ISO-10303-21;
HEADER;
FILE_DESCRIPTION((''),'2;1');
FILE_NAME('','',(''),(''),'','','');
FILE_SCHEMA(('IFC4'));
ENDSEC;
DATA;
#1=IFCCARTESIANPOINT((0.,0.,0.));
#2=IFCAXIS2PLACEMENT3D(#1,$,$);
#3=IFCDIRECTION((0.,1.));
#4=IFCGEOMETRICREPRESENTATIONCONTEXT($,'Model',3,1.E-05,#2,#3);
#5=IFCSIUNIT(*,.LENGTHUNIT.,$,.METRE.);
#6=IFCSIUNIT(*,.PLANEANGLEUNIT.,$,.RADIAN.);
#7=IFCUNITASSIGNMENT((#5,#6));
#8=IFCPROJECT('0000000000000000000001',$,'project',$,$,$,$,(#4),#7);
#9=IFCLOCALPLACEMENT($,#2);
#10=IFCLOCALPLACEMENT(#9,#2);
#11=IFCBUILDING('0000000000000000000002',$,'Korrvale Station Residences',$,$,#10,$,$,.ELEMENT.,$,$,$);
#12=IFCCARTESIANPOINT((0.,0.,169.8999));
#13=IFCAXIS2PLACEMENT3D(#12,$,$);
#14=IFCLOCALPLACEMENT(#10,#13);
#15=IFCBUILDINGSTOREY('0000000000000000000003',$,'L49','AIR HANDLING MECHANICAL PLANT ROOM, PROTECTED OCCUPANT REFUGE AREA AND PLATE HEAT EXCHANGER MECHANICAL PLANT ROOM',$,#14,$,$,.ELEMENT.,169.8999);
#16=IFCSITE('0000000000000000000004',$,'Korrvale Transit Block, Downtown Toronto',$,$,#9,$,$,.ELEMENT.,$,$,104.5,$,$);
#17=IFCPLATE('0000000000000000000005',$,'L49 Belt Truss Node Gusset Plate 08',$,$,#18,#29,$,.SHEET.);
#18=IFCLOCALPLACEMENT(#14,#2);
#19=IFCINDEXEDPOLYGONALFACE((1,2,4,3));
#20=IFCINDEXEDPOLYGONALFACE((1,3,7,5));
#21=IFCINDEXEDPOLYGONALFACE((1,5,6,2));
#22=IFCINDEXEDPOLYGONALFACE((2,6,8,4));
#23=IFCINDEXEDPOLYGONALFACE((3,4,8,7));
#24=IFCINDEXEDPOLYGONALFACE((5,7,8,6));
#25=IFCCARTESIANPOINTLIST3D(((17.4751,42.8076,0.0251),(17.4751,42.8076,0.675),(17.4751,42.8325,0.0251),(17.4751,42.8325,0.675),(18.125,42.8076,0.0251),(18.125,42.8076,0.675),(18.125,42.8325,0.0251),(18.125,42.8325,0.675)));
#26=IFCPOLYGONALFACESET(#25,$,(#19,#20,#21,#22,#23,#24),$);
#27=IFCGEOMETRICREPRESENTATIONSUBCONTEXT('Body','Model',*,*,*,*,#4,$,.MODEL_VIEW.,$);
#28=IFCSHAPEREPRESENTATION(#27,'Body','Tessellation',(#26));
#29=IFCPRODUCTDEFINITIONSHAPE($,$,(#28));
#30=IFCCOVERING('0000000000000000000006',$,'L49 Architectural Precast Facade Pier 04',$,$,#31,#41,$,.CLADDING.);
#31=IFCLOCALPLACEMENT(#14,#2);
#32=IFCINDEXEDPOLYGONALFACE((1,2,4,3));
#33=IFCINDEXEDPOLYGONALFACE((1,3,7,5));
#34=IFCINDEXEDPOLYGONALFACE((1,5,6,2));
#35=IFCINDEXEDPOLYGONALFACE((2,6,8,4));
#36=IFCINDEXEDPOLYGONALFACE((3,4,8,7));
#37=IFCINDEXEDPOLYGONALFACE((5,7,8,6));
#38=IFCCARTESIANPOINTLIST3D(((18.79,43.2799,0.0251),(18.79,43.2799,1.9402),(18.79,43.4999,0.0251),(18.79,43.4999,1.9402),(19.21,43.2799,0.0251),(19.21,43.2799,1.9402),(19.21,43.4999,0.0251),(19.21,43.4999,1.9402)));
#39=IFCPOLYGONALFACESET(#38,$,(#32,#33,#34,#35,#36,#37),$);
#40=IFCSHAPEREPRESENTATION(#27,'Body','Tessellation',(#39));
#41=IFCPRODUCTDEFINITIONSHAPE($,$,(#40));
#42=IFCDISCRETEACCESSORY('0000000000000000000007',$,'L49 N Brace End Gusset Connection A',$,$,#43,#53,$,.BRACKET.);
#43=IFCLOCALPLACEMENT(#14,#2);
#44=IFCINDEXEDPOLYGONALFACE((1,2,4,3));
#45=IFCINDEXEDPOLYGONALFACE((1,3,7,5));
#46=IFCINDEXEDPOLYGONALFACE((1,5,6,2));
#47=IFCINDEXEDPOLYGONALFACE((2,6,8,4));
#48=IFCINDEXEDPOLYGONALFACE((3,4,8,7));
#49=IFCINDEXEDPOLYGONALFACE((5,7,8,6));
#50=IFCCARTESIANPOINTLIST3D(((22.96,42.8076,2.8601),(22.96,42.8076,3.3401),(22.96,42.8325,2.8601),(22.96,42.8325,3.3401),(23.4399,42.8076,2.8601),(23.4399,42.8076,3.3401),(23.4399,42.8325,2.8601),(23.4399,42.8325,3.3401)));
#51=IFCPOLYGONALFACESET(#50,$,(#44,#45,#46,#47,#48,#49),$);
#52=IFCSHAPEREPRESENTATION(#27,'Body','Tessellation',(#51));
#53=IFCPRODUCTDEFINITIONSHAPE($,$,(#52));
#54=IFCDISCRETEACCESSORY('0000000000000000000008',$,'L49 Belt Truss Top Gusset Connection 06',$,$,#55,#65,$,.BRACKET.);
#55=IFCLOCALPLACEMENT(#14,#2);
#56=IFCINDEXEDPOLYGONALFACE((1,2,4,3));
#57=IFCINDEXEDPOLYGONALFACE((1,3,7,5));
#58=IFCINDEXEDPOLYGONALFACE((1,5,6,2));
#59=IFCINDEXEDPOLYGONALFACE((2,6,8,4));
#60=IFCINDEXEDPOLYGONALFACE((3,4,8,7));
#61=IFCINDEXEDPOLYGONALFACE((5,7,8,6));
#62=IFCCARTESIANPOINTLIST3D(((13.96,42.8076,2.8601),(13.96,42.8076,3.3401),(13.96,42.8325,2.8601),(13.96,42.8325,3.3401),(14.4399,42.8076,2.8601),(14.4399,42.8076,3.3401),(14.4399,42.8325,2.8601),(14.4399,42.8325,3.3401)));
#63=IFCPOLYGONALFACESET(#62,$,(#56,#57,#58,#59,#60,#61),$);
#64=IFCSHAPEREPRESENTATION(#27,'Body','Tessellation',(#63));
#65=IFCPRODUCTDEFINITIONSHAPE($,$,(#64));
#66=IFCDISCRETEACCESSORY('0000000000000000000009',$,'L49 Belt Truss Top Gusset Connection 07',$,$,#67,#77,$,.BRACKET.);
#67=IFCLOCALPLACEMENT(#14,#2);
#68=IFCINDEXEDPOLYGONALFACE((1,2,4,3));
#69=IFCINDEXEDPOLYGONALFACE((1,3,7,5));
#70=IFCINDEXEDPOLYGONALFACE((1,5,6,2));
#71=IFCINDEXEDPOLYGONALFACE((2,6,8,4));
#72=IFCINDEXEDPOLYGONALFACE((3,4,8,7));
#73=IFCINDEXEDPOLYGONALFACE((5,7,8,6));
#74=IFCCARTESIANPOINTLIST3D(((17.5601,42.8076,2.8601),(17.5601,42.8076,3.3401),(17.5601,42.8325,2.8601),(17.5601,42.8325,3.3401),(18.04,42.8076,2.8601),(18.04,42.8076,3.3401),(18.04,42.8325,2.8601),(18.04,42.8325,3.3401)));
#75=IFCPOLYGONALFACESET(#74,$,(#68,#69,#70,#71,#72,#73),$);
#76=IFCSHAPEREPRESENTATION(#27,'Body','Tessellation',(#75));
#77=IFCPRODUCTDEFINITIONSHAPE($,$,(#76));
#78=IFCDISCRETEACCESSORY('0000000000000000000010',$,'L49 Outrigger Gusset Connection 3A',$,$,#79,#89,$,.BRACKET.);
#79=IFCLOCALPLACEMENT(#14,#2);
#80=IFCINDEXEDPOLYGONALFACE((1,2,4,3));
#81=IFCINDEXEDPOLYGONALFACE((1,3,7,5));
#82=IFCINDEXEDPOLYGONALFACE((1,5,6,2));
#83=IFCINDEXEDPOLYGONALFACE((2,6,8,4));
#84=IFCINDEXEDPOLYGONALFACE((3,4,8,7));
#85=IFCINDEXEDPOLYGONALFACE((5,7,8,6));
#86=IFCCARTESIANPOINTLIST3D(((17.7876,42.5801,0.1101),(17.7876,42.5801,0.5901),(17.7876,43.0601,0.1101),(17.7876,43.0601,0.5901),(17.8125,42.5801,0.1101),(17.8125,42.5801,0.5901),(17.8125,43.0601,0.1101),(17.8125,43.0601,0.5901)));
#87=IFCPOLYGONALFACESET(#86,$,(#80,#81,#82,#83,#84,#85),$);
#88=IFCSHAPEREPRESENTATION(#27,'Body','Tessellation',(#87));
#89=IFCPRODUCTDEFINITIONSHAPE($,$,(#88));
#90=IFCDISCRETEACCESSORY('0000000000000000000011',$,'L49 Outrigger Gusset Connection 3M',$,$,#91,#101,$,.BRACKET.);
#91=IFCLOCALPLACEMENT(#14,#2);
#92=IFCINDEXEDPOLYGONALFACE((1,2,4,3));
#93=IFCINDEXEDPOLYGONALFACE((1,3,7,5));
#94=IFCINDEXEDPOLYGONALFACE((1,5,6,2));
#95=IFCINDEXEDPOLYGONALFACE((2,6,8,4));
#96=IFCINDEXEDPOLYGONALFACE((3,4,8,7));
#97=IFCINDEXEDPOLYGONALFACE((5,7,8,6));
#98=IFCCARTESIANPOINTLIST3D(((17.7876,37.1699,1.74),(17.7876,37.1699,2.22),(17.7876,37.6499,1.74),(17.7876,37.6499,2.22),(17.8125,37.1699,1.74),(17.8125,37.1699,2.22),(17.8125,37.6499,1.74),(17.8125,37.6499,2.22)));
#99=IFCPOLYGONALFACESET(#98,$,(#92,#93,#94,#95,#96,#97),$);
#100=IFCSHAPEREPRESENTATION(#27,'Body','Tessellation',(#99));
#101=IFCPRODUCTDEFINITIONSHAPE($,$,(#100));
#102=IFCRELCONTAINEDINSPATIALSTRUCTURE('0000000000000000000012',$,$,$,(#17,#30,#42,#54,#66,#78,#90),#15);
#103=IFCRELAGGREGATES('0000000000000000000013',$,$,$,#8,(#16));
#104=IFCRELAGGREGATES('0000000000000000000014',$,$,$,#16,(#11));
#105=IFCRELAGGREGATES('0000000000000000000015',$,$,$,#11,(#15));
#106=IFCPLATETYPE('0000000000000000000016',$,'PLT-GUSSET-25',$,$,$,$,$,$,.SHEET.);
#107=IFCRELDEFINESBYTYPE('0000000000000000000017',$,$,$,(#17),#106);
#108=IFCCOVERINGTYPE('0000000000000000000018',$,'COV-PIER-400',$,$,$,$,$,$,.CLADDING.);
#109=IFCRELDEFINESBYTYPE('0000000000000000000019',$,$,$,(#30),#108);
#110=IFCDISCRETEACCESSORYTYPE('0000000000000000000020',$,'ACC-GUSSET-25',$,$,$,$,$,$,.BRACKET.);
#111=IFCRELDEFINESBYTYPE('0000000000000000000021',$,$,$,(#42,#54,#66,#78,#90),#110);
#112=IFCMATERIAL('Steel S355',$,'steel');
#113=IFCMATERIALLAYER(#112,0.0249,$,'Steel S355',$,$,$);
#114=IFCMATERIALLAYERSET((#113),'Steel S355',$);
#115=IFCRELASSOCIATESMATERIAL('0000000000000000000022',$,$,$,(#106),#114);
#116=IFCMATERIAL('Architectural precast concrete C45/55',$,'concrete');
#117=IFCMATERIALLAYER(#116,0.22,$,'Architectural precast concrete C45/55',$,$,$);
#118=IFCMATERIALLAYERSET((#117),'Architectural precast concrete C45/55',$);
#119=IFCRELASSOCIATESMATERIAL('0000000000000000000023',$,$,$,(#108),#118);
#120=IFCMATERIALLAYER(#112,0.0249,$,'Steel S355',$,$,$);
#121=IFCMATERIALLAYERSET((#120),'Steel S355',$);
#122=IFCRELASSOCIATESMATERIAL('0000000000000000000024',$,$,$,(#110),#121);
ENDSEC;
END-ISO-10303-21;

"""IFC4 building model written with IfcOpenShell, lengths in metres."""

from ifc_helpers import new_model, si_unit, direction, frame, origin, origin_2d, place, context, subcontext, project, spatial, rectangle, extrude, material, layer, layer_set, type_object, element, save


model = new_model("IFC4")

# Units and contexts
model_context = context("Model", 3, precision=1e-05, world=origin(), true_north=direction((0.0, 1.0)))
body_context = subcontext(model_context, "Body", "Model", "MODEL_VIEW")
ifc_project = project(units=[si_unit("LENGTHUNIT", "METRE"), si_unit("PLANEANGLEUNIT", "RADIAN")], contexts=[model_context])

# Site, building, storey
site_placement = place(None, origin())
site = spatial("IfcSite", under=ifc_project, at=site_placement, Name="Korrvale Transit Block, Downtown Toronto", CompositionType="ELEMENT", RefElevation=104.5)
building_placement = place(site_placement, origin())
building = spatial("IfcBuilding", under=site, at=building_placement, Name="Korrvale Station Residences", CompositionType="ELEMENT")
storey_placement = place(building_placement, frame((0.0, 0.0, 169.8999)))
storey = spatial("IfcBuildingStorey", under=building, at=storey_placement, Name="L49", Description="AIR HANDLING MECHANICAL PLANT ROOM, PROTECTED OCCUPANT REFUGE AREA AND PLATE HEAT EXCHANGER MECHANICAL PLANT ROOM", CompositionType="ELEMENT", Elevation=169.8999)

# Shared definitions
ifc_material_1 = material(Name="Steel S355", Category="steel")

# Plate
ifc_layer_1 = layer(ifc_material_1, 0.0249, Name="Steel S355")
ifc_layer_set_1 = layer_set([ifc_layer_1], Name="Steel S355")
plate_type_1 = type_object("IfcPlateType", Name="PLT-GUSSET-25", PredefinedType="SHEET", material=ifc_layer_set_1)
for number, where, z_axis, x_axis, name in (
    (1, (17.8, 42.8201, 0.0251), (0.0, 0.0, 1.0), (1.0, 0.0, 0.0), "L49 Belt Truss Node Gusset Plate 08"),
):
    element("IfcPlate", number, at=place(storey_placement, frame(where, z_axis=z_axis, x_axis=x_axis)), inside=storey, type_object=plate_type_1, Name=name, PredefinedType="SHEET", context=body_context, shape_type="SweptSolid", body=[
        extrude(rectangle(XDim=0.6499, YDim=0.0249, at=origin_2d()), origin(), (0.0, 0.0, 1.0), 0.6499),
    ])

# Covering
ifc_material_2 = material(Name="Architectural precast concrete C45/55", Category="concrete")
ifc_layer_2 = layer(ifc_material_2, 0.22, Name="Architectural precast concrete C45/55")
ifc_layer_set_2 = layer_set([ifc_layer_2], Name="Architectural precast concrete C45/55")
covering_type = type_object("IfcCoveringType", Name="COV-PIER-400", PredefinedType="CLADDING", material=ifc_layer_set_2)
covering_placement = place(storey_placement, frame((19.0, 43.3899, 0.0251), z_axis=(0.0, 0.0, 1.0), x_axis=(1.0, 0.0, 0.0)))
element("IfcCovering", 2, at=covering_placement, inside=storey, type_object=covering_type, Name="L49 Architectural Precast Facade Pier 04", PredefinedType="CLADDING", context=body_context, shape_type="SweptSolid", body=[
    extrude(rectangle(XDim=0.4199, YDim=0.22, at=origin_2d()), origin(), (0.0, 0.0, 1.0), 1.915),
])

# Discrete accessories
ifc_layer_3 = layer(ifc_material_1, 0.0249, Name="Steel S355")
ifc_layer_set_3 = layer_set([ifc_layer_3], Name="Steel S355")
discrete_accessory_type = type_object("IfcDiscreteAccessoryType", Name="ACC-GUSSET-25", PredefinedType="BRACKET", material=ifc_layer_set_3)
for number, where, z_axis, x_axis, name in (
    (3, (23.2, 42.8201, 2.8601), (0.0, 0.0, 1.0), (1.0, 0.0, 0.0), "L49 N Brace End Gusset Connection A"),
    (4, (14.2, 42.8201, 2.8601), (0.0, 0.0, 1.0), (1.0, 0.0, 0.0), "L49 Belt Truss Top Gusset Connection 06"),
    (5, (17.8, 42.8201, 2.8601), (0.0, 0.0, 1.0), (1.0, 0.0, 0.0), "L49 Belt Truss Top Gusset Connection 07"),
    (6, (17.8, 42.8201, 0.1101), (0.0, 0.0, 1.0), (0.0, 1.0, 0.0), "L49 Outrigger Gusset Connection 3A"),
    (7, (17.8, 37.4099, 1.74), (0.0, 0.0, 1.0), (0.0, 1.0, 0.0), "L49 Outrigger Gusset Connection 3M"),
):
    element("IfcDiscreteAccessory", number, at=place(storey_placement, frame(where, z_axis=z_axis, x_axis=x_axis)), inside=storey, type_object=discrete_accessory_type, Name=name, PredefinedType="BRACKET", context=body_context, shape_type="SweptSolid", body=[
        extrude(rectangle(XDim=0.48, YDim=0.0249, at=origin_2d()), origin(), (0.0, 0.0, 1.0), 0.48),
    ])

save(model, "model.ifc")
